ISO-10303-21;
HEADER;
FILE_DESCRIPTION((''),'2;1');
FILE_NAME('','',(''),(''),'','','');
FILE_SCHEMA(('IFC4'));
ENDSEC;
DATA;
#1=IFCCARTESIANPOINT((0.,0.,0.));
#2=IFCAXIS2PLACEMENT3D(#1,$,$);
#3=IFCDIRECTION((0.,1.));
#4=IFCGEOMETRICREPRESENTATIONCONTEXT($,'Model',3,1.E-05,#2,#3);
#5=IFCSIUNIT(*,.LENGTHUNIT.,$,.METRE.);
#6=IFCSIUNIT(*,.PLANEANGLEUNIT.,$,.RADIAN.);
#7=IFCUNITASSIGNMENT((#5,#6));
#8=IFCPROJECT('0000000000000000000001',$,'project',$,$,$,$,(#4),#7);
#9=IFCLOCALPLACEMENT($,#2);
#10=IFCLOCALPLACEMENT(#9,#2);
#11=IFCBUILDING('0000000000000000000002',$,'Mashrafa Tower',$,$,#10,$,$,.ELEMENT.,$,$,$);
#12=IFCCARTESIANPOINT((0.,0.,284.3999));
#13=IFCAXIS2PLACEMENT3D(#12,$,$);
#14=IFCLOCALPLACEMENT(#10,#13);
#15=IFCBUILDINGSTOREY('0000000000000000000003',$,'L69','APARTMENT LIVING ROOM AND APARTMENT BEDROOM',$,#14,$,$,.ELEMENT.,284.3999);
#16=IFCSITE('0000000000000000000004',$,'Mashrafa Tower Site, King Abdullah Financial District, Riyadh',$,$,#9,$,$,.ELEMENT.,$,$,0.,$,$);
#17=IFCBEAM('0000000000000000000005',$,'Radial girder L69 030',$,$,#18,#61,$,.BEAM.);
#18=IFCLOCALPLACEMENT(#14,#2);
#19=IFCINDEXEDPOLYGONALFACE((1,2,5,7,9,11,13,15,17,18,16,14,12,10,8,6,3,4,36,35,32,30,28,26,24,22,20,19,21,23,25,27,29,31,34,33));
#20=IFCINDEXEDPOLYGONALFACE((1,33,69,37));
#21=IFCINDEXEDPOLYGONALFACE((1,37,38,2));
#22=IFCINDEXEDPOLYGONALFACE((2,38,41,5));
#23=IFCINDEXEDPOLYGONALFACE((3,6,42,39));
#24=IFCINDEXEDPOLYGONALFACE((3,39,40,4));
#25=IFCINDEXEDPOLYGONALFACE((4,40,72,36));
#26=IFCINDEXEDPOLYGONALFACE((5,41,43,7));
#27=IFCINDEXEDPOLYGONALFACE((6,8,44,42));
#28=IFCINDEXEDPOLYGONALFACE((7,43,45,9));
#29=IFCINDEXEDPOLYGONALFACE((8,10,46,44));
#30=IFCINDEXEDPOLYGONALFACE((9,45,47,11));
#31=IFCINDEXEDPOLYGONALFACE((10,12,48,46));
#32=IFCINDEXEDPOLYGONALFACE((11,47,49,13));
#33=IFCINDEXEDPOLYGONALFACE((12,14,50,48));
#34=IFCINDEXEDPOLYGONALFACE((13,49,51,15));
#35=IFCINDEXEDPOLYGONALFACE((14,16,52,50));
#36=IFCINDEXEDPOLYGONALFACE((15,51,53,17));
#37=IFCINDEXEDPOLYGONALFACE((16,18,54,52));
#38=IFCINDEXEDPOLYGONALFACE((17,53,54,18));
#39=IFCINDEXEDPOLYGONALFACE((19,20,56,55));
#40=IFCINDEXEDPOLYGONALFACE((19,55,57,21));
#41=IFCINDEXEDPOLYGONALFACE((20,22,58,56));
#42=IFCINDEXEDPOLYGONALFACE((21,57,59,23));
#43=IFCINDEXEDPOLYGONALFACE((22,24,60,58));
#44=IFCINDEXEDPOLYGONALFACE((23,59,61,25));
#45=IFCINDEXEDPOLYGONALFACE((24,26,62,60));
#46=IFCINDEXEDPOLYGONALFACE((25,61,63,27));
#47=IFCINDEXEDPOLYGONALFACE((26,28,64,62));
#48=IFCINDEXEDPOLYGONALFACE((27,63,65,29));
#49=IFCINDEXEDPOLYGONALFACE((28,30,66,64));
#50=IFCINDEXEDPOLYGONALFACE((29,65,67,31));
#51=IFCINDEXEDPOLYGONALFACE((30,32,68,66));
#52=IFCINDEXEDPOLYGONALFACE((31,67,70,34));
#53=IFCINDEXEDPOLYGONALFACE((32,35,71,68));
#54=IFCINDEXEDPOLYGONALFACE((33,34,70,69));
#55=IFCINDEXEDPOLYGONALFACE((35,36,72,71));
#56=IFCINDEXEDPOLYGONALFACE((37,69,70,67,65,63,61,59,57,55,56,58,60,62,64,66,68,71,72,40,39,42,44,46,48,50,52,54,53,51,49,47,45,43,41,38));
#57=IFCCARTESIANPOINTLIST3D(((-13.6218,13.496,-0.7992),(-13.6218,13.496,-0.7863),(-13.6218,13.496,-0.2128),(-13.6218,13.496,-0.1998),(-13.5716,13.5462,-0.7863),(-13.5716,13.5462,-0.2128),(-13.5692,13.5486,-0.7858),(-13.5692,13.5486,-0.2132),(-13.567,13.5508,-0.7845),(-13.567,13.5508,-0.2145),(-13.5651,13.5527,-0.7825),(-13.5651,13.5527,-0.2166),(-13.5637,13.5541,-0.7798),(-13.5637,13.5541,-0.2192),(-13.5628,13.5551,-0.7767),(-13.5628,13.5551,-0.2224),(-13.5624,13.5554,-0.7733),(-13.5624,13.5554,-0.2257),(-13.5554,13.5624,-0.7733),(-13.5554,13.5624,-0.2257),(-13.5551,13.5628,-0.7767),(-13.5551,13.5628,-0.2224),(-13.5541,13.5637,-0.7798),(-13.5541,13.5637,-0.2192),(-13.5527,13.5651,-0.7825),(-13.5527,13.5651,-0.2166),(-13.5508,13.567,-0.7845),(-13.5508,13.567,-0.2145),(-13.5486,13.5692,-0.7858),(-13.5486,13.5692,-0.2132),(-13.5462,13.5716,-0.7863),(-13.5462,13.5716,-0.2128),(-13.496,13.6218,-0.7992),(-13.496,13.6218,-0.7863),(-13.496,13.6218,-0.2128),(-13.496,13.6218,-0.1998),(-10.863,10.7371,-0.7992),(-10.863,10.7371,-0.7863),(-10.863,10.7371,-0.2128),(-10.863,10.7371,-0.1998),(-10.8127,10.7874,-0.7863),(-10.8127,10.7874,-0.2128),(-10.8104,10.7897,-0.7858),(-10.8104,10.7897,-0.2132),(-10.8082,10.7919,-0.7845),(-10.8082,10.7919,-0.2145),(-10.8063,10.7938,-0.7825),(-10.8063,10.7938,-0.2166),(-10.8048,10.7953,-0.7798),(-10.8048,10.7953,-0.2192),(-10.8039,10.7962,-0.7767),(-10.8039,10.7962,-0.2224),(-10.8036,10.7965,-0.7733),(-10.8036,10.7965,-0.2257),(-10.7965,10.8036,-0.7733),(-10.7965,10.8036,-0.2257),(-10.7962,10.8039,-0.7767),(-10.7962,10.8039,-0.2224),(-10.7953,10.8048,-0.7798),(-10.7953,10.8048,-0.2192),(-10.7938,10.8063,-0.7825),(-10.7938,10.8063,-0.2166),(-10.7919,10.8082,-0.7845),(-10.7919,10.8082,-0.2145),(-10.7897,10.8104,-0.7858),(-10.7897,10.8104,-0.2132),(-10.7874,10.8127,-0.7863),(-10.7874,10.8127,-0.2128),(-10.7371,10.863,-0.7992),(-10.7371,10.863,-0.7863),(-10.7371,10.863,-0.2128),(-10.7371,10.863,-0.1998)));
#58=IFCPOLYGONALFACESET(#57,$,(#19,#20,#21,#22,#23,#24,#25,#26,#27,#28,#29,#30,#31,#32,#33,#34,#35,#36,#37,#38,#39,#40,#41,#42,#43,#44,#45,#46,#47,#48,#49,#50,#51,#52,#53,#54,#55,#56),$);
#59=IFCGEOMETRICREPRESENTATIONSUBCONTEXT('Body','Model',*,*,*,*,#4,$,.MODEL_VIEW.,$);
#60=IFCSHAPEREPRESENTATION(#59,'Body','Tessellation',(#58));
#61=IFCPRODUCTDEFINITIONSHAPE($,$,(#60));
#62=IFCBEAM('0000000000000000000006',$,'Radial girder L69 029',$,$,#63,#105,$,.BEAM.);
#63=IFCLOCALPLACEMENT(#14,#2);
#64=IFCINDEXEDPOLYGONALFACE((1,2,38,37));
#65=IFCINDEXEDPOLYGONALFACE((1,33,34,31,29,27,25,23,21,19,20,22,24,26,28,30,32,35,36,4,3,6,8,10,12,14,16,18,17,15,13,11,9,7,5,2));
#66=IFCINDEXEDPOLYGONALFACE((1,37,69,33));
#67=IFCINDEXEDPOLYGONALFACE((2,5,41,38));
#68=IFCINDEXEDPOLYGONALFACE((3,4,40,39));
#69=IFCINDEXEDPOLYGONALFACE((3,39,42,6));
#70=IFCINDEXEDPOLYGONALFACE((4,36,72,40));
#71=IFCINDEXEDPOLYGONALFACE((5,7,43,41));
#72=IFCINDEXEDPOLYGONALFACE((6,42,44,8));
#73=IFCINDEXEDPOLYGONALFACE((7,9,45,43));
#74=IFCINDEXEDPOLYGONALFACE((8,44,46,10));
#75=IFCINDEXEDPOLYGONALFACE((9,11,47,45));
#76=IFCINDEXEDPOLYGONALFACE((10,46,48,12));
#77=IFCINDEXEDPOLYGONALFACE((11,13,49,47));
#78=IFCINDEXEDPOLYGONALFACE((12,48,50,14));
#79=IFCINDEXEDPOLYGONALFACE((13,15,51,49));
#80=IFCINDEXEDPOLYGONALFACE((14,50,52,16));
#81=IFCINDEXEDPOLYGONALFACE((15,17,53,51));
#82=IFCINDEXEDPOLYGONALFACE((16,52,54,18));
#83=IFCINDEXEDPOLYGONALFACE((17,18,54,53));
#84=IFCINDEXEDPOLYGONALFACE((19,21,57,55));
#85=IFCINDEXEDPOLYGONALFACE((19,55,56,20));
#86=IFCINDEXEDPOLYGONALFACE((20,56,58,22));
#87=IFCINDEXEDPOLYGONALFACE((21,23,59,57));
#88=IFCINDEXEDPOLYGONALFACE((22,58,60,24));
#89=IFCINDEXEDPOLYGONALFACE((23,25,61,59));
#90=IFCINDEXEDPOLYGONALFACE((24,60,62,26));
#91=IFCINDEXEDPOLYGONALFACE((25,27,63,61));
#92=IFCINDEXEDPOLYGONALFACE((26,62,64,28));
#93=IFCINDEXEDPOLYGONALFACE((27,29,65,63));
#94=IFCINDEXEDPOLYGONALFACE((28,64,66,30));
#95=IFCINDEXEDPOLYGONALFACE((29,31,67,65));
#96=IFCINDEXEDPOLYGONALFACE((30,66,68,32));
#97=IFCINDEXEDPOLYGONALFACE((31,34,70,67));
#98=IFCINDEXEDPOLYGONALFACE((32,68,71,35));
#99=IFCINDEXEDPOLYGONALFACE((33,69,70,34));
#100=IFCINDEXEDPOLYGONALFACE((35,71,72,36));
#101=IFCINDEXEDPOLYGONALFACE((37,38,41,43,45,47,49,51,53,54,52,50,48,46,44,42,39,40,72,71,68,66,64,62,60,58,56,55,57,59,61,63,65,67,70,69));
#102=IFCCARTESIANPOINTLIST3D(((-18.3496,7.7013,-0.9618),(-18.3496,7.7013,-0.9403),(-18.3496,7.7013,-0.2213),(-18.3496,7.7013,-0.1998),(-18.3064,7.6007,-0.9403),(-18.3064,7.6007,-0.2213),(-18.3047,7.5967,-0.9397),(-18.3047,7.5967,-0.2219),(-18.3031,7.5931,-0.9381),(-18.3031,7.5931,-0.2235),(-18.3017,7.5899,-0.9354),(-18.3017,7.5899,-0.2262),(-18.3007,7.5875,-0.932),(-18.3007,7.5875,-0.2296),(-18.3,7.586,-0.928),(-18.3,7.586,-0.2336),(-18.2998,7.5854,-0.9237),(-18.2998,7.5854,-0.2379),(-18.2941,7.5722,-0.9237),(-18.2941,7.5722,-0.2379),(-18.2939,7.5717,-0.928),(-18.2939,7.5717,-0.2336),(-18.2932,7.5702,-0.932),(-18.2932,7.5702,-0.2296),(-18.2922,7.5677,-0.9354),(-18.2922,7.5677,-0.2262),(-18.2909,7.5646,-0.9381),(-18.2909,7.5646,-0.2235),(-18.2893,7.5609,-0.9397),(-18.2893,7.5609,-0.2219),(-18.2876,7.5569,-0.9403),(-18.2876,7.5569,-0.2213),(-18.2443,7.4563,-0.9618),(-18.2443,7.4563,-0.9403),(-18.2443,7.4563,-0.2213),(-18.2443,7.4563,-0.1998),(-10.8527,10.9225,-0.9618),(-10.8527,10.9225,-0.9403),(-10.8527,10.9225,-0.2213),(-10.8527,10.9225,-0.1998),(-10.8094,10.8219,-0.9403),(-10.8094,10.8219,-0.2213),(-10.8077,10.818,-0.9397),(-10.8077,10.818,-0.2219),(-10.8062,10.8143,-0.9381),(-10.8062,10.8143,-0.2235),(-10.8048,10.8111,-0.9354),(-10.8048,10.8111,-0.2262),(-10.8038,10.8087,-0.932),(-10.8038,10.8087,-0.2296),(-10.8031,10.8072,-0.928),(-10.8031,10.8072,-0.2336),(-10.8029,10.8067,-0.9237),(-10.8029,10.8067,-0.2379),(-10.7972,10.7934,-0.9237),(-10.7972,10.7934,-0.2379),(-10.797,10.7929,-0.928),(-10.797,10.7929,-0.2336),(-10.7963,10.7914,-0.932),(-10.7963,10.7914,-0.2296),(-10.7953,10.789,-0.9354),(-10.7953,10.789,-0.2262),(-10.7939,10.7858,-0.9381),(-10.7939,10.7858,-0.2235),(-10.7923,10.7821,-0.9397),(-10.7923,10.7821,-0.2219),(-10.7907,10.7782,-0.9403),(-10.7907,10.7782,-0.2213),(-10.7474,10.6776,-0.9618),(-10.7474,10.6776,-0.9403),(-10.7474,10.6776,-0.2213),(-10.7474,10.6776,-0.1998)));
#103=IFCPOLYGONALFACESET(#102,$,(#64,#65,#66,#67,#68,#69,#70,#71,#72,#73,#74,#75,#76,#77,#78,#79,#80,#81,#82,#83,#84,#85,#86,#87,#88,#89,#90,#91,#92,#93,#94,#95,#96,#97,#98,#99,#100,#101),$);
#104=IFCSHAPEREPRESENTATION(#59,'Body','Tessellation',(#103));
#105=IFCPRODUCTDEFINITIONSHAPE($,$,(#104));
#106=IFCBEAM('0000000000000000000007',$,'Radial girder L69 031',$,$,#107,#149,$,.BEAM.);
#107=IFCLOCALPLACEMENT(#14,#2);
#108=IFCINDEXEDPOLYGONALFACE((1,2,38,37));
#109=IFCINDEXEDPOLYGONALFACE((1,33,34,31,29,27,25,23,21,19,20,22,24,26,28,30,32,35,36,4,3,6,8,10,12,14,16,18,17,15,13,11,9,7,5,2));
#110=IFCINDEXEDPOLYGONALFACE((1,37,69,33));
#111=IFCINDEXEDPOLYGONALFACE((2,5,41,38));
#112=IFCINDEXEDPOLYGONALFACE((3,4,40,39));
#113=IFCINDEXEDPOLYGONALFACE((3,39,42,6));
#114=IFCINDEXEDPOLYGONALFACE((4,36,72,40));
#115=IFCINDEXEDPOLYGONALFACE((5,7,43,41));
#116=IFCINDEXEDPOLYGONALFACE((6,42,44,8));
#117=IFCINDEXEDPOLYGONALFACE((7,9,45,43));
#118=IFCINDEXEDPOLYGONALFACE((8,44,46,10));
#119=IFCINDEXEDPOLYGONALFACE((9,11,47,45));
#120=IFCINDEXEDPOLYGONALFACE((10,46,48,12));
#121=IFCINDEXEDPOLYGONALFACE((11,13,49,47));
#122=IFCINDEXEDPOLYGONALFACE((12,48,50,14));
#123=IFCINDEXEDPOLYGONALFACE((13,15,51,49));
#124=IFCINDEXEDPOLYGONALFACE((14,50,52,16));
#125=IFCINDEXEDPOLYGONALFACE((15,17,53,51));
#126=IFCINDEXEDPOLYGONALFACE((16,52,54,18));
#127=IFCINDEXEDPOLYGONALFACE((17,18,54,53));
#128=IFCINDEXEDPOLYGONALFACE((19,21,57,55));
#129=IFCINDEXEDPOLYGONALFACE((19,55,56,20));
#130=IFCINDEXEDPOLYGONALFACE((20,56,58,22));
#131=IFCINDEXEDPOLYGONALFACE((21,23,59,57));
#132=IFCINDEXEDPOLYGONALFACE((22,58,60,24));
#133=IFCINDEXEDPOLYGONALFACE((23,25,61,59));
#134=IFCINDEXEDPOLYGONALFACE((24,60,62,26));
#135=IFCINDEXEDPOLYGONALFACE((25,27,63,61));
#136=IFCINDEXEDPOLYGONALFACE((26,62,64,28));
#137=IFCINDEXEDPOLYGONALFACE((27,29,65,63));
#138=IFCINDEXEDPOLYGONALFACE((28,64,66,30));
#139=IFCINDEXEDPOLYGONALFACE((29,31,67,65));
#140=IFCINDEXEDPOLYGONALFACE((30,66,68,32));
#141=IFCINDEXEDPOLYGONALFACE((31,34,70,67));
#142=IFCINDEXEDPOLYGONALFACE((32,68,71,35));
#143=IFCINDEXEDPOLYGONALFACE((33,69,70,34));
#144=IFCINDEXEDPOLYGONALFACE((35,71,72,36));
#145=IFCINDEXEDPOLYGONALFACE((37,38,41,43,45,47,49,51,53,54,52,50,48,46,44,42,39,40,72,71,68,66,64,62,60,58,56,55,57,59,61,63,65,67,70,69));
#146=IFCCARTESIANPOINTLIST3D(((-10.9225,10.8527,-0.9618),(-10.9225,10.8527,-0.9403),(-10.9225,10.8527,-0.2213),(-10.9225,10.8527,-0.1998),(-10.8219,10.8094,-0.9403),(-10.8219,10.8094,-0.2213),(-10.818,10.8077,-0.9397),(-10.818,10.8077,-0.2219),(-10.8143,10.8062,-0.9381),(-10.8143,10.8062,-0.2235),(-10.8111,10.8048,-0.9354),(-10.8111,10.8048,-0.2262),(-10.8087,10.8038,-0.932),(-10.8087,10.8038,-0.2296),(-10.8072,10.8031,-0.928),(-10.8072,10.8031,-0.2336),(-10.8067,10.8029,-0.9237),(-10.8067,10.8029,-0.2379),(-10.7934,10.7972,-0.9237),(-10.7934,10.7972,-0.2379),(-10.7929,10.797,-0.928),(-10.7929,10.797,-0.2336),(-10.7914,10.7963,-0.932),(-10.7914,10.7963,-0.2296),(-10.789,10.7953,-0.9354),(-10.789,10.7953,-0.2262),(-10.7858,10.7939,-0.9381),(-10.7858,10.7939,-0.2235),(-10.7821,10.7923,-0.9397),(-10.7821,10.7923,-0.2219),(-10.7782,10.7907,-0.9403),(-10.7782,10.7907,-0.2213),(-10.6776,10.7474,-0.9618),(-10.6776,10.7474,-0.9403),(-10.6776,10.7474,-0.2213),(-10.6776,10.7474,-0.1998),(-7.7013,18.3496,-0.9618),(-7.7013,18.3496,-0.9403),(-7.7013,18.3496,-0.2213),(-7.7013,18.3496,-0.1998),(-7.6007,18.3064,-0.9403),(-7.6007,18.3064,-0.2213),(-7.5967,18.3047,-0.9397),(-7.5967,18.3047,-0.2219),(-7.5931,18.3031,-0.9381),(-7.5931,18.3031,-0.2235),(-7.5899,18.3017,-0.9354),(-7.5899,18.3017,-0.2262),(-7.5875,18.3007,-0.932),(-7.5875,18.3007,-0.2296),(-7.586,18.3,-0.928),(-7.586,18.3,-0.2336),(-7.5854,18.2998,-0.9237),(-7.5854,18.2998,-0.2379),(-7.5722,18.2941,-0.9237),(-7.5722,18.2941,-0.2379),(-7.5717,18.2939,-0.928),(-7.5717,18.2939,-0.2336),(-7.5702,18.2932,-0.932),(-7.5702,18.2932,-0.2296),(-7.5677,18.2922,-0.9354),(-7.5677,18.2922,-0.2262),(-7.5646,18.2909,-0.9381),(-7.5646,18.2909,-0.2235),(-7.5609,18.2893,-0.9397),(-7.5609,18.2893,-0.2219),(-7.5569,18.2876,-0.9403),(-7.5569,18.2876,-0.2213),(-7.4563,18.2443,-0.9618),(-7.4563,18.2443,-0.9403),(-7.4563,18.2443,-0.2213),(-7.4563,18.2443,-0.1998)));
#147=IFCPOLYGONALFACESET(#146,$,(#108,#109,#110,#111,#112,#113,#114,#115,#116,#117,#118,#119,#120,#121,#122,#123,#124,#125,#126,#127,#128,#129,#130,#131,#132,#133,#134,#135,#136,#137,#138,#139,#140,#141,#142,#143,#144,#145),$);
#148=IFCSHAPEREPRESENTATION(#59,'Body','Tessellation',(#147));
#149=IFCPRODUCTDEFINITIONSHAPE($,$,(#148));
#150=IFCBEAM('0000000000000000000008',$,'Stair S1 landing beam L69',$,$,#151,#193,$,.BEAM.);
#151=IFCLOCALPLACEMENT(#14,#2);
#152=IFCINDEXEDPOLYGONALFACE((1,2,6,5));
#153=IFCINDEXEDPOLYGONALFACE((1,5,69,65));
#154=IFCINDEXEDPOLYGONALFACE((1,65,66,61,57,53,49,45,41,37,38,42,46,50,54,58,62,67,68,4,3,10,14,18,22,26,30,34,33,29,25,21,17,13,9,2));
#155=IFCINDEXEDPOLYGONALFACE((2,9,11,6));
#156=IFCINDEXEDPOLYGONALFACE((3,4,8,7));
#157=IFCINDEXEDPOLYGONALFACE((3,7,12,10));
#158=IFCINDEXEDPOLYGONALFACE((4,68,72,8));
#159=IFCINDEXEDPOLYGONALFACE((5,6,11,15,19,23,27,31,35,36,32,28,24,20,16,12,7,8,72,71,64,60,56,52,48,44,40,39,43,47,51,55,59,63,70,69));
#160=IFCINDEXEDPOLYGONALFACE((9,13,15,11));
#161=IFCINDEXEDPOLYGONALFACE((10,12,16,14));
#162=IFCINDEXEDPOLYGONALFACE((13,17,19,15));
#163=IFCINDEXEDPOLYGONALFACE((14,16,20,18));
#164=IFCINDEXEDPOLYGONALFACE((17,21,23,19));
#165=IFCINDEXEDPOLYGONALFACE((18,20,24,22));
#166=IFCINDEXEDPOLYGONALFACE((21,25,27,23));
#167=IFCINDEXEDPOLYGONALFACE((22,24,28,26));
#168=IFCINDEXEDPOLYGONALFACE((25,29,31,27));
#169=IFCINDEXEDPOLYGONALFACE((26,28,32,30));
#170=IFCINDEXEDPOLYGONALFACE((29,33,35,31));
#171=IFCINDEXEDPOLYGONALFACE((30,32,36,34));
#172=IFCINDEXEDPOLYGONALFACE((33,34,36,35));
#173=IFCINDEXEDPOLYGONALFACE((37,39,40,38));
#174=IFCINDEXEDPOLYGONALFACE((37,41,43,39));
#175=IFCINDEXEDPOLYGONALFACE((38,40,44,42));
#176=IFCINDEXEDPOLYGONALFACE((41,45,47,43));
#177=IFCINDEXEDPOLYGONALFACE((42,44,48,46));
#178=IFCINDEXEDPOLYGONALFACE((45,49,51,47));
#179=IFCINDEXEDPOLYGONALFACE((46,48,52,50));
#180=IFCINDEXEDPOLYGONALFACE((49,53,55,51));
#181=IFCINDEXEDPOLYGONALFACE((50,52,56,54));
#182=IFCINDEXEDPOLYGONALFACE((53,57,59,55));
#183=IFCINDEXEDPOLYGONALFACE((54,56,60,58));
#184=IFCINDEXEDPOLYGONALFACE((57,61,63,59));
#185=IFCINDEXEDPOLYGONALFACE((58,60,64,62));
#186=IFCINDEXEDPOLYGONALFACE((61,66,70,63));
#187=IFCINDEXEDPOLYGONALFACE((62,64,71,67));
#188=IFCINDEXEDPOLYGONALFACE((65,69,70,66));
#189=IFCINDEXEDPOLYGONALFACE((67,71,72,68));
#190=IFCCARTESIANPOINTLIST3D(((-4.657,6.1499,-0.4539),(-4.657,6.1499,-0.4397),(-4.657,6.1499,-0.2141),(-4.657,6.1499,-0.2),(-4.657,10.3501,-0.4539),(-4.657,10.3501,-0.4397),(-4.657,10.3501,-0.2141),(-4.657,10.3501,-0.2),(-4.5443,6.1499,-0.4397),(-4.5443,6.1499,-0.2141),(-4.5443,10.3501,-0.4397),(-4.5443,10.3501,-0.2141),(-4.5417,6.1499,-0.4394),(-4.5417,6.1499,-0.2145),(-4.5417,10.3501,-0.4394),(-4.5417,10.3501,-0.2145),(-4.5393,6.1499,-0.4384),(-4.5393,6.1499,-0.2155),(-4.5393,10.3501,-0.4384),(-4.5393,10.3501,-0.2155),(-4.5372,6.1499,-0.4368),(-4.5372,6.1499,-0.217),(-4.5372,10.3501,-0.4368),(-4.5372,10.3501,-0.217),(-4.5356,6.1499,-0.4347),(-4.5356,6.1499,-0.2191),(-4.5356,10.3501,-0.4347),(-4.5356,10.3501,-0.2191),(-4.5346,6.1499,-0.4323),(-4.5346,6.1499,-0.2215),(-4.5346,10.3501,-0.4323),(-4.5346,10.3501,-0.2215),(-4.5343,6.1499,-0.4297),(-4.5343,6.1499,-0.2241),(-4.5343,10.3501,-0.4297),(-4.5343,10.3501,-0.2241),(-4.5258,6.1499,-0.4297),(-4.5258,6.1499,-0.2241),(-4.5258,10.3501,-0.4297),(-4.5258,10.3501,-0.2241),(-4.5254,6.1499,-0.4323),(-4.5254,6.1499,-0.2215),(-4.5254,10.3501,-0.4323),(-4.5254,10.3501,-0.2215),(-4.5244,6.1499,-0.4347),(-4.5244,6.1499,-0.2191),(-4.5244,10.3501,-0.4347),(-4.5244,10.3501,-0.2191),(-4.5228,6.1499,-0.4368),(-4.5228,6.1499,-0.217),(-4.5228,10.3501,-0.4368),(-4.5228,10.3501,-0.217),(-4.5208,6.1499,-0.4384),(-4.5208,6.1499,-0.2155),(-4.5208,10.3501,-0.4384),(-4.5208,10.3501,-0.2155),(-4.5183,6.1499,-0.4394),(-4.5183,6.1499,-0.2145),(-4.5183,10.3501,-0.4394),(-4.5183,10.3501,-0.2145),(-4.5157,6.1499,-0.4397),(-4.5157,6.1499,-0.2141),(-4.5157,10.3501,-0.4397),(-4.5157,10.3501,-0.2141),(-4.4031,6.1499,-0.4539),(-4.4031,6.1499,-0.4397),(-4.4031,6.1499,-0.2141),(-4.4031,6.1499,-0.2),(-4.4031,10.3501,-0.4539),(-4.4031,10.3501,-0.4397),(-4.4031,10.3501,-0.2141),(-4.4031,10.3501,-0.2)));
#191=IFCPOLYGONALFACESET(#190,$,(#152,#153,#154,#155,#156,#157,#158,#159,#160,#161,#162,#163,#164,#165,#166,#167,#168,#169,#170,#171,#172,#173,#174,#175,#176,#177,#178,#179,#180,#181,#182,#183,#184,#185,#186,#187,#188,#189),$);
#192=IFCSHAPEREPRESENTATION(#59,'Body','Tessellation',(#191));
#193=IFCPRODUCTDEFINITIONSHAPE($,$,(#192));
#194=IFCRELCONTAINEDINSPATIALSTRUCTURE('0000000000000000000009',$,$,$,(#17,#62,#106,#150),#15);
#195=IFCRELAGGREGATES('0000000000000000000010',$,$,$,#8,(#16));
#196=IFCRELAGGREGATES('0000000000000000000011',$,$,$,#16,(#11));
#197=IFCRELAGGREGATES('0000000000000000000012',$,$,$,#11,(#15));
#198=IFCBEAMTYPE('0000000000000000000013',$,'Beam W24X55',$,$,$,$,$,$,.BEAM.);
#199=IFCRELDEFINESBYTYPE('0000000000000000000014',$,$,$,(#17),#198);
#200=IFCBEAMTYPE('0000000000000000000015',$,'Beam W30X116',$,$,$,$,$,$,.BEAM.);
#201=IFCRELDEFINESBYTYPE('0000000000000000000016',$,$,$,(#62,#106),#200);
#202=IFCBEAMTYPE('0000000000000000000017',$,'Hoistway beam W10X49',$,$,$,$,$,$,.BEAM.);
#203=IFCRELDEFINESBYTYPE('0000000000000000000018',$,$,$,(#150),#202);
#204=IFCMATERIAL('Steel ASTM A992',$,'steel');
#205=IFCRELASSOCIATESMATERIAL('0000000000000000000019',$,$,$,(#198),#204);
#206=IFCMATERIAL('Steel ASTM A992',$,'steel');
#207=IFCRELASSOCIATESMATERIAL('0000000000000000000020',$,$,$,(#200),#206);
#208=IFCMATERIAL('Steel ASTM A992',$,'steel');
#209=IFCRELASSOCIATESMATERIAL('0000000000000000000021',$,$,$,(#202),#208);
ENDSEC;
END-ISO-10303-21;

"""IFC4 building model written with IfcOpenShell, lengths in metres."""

from ifc_helpers import new_model, si_unit, direction, frame, origin, origin_2d, place, context, subcontext, project, spatial, i_section, extrude, material, material_profile, profile_set, type_object, element, save


model = new_model("IFC4")

# Units and contexts
model_context = context("Model", 3, precision=1e-05, world=origin(), true_north=direction((0.0, 1.0)))
body_context = subcontext(model_context, "Body", "Model", "MODEL_VIEW")
ifc_project = project(units=[si_unit("LENGTHUNIT", "METRE"), si_unit("PLANEANGLEUNIT", "RADIAN")], contexts=[model_context])

# Site, building, storey
site_placement = place(None, origin())
site = spatial("IfcSite", under=ifc_project, at=site_placement, Name="Mashrafa Tower Site, King Abdullah Financial District, Riyadh", CompositionType="ELEMENT", RefElevation=0.0)
building_placement = place(site_placement, origin())
building = spatial("IfcBuilding", under=site, at=building_placement, Name="Mashrafa Tower", CompositionType="ELEMENT")
storey_placement = place(building_placement, frame((0.0, 0.0, 284.3999)))
storey = spatial("IfcBuildingStorey", under=building, at=storey_placement, Name="L69", Description="APARTMENT LIVING ROOM AND APARTMENT BEDROOM", CompositionType="ELEMENT", Elevation=284.3999)

# Beams
ifc_material_1 = material(Name="Steel ASTM A992", Category="steel")
ifc_material_profile_1 = material_profile(ifc_material_1, i_section(OverallWidth=0.178, OverallDepth=0.5994, WebThickness=0.01, FlangeThickness=0.0129, FilletRadius=0.0129, at=origin_2d()), Name="W24X55")
ifc_profile_set_1 = profile_set([ifc_material_profile_1], Name="Steel ASTM A992")
beam_type_1 = type_object("IfcBeamType", Name="Beam W24X55", PredefinedType="BEAM", material=ifc_profile_set_1)
beam_1_placement = place(storey_placement, frame((-10.8, 10.8, -0.4995), z_axis=(-0.707107, 0.707107, 0.0), x_axis=(-0.707107, -0.707107, 0.0)))
element("IfcBeam", 1, at=beam_1_placement, inside=storey, type_object=beam_type_1, Name="Radial girder L69 030", PredefinedType="BEAM", context=body_context, shape_type="SweptSolid", body=[
    extrude(i_section(OverallWidth=0.178, OverallDepth=0.5994, WebThickness=0.01, FlangeThickness=0.0129, FilletRadius=0.0129, at=origin_2d()), origin(), (0.0, 0.0, 1.0), 3.9016),
])
ifc_material_2 = material(Name="Steel ASTM A992", Category="steel")
ifc_material_profile_2 = material_profile(ifc_material_2, i_section(OverallWidth=0.2666, OverallDepth=0.762, WebThickness=0.0144, FlangeThickness=0.0215, FilletRadius=0.0166, at=origin_2d()), Name="W30X116")
ifc_profile_set_2 = profile_set([ifc_material_profile_2], Name="Steel ASTM A992")
beam_type_2 = type_object("IfcBeamType", Name="Beam W30X116", PredefinedType="BEAM", material=ifc_profile_set_2)
for number, where, z_axis, x_axis, name in (
    (2, (-10.8, 10.8, -0.5808), (-0.918778, -0.394775, 0.0), (0.394775, -0.918778, 0.0), "Radial girder L69 029"),
    (3, (-10.8, 10.8, -0.5808), (0.394775, 0.918778, 0.0), (-0.918778, 0.394775, 0.0), "Radial girder L69 031"),
):
    element("IfcBeam", number, at=place(storey_placement, frame(where, z_axis=z_axis, x_axis=x_axis)), inside=storey, type_object=beam_type_2, Name=name, PredefinedType="BEAM", context=body_context, shape_type="SweptSolid", body=[
        extrude(i_section(OverallWidth=0.2666, OverallDepth=0.762, WebThickness=0.0144, FlangeThickness=0.0215, FilletRadius=0.0166, at=origin_2d()), origin(), (0.0, 0.0, 1.0), 8.1597),
    ])
ifc_material_3 = material(Name="Steel ASTM A992", Category="steel")
ifc_material_profile_3 = material_profile(ifc_material_3, i_section(OverallWidth=0.2539, OverallDepth=0.2539, WebThickness=0.0085, FlangeThickness=0.0142, FilletRadius=0.01, at=origin_2d()), Name="W10X49")
ifc_profile_set_3 = profile_set([ifc_material_profile_3], Name="Steel ASTM A992")
beam_type_3 = type_object("IfcBeamType", Name="Hoistway beam W10X49", PredefinedType="BEAM", material=ifc_profile_set_3)
beam_2_placement = place(storey_placement, frame((-4.53, 6.1499, -0.3269), z_axis=(0.0, 1.0, 0.0), x_axis=(-1.0, 0.0, 0.0)))
element("IfcBeam", 4, at=beam_2_placement, inside=storey, type_object=beam_type_3, Name="Stair S1 landing beam L69", PredefinedType="BEAM", context=body_context, shape_type="SweptSolid", body=[
    extrude(i_section(OverallWidth=0.2539, OverallDepth=0.2539, WebThickness=0.0085, FlangeThickness=0.0142, FilletRadius=0.01, at=origin_2d()), origin(), (0.0, 0.0, 1.0), 4.2002),
])

save(model, "model.ifc")
